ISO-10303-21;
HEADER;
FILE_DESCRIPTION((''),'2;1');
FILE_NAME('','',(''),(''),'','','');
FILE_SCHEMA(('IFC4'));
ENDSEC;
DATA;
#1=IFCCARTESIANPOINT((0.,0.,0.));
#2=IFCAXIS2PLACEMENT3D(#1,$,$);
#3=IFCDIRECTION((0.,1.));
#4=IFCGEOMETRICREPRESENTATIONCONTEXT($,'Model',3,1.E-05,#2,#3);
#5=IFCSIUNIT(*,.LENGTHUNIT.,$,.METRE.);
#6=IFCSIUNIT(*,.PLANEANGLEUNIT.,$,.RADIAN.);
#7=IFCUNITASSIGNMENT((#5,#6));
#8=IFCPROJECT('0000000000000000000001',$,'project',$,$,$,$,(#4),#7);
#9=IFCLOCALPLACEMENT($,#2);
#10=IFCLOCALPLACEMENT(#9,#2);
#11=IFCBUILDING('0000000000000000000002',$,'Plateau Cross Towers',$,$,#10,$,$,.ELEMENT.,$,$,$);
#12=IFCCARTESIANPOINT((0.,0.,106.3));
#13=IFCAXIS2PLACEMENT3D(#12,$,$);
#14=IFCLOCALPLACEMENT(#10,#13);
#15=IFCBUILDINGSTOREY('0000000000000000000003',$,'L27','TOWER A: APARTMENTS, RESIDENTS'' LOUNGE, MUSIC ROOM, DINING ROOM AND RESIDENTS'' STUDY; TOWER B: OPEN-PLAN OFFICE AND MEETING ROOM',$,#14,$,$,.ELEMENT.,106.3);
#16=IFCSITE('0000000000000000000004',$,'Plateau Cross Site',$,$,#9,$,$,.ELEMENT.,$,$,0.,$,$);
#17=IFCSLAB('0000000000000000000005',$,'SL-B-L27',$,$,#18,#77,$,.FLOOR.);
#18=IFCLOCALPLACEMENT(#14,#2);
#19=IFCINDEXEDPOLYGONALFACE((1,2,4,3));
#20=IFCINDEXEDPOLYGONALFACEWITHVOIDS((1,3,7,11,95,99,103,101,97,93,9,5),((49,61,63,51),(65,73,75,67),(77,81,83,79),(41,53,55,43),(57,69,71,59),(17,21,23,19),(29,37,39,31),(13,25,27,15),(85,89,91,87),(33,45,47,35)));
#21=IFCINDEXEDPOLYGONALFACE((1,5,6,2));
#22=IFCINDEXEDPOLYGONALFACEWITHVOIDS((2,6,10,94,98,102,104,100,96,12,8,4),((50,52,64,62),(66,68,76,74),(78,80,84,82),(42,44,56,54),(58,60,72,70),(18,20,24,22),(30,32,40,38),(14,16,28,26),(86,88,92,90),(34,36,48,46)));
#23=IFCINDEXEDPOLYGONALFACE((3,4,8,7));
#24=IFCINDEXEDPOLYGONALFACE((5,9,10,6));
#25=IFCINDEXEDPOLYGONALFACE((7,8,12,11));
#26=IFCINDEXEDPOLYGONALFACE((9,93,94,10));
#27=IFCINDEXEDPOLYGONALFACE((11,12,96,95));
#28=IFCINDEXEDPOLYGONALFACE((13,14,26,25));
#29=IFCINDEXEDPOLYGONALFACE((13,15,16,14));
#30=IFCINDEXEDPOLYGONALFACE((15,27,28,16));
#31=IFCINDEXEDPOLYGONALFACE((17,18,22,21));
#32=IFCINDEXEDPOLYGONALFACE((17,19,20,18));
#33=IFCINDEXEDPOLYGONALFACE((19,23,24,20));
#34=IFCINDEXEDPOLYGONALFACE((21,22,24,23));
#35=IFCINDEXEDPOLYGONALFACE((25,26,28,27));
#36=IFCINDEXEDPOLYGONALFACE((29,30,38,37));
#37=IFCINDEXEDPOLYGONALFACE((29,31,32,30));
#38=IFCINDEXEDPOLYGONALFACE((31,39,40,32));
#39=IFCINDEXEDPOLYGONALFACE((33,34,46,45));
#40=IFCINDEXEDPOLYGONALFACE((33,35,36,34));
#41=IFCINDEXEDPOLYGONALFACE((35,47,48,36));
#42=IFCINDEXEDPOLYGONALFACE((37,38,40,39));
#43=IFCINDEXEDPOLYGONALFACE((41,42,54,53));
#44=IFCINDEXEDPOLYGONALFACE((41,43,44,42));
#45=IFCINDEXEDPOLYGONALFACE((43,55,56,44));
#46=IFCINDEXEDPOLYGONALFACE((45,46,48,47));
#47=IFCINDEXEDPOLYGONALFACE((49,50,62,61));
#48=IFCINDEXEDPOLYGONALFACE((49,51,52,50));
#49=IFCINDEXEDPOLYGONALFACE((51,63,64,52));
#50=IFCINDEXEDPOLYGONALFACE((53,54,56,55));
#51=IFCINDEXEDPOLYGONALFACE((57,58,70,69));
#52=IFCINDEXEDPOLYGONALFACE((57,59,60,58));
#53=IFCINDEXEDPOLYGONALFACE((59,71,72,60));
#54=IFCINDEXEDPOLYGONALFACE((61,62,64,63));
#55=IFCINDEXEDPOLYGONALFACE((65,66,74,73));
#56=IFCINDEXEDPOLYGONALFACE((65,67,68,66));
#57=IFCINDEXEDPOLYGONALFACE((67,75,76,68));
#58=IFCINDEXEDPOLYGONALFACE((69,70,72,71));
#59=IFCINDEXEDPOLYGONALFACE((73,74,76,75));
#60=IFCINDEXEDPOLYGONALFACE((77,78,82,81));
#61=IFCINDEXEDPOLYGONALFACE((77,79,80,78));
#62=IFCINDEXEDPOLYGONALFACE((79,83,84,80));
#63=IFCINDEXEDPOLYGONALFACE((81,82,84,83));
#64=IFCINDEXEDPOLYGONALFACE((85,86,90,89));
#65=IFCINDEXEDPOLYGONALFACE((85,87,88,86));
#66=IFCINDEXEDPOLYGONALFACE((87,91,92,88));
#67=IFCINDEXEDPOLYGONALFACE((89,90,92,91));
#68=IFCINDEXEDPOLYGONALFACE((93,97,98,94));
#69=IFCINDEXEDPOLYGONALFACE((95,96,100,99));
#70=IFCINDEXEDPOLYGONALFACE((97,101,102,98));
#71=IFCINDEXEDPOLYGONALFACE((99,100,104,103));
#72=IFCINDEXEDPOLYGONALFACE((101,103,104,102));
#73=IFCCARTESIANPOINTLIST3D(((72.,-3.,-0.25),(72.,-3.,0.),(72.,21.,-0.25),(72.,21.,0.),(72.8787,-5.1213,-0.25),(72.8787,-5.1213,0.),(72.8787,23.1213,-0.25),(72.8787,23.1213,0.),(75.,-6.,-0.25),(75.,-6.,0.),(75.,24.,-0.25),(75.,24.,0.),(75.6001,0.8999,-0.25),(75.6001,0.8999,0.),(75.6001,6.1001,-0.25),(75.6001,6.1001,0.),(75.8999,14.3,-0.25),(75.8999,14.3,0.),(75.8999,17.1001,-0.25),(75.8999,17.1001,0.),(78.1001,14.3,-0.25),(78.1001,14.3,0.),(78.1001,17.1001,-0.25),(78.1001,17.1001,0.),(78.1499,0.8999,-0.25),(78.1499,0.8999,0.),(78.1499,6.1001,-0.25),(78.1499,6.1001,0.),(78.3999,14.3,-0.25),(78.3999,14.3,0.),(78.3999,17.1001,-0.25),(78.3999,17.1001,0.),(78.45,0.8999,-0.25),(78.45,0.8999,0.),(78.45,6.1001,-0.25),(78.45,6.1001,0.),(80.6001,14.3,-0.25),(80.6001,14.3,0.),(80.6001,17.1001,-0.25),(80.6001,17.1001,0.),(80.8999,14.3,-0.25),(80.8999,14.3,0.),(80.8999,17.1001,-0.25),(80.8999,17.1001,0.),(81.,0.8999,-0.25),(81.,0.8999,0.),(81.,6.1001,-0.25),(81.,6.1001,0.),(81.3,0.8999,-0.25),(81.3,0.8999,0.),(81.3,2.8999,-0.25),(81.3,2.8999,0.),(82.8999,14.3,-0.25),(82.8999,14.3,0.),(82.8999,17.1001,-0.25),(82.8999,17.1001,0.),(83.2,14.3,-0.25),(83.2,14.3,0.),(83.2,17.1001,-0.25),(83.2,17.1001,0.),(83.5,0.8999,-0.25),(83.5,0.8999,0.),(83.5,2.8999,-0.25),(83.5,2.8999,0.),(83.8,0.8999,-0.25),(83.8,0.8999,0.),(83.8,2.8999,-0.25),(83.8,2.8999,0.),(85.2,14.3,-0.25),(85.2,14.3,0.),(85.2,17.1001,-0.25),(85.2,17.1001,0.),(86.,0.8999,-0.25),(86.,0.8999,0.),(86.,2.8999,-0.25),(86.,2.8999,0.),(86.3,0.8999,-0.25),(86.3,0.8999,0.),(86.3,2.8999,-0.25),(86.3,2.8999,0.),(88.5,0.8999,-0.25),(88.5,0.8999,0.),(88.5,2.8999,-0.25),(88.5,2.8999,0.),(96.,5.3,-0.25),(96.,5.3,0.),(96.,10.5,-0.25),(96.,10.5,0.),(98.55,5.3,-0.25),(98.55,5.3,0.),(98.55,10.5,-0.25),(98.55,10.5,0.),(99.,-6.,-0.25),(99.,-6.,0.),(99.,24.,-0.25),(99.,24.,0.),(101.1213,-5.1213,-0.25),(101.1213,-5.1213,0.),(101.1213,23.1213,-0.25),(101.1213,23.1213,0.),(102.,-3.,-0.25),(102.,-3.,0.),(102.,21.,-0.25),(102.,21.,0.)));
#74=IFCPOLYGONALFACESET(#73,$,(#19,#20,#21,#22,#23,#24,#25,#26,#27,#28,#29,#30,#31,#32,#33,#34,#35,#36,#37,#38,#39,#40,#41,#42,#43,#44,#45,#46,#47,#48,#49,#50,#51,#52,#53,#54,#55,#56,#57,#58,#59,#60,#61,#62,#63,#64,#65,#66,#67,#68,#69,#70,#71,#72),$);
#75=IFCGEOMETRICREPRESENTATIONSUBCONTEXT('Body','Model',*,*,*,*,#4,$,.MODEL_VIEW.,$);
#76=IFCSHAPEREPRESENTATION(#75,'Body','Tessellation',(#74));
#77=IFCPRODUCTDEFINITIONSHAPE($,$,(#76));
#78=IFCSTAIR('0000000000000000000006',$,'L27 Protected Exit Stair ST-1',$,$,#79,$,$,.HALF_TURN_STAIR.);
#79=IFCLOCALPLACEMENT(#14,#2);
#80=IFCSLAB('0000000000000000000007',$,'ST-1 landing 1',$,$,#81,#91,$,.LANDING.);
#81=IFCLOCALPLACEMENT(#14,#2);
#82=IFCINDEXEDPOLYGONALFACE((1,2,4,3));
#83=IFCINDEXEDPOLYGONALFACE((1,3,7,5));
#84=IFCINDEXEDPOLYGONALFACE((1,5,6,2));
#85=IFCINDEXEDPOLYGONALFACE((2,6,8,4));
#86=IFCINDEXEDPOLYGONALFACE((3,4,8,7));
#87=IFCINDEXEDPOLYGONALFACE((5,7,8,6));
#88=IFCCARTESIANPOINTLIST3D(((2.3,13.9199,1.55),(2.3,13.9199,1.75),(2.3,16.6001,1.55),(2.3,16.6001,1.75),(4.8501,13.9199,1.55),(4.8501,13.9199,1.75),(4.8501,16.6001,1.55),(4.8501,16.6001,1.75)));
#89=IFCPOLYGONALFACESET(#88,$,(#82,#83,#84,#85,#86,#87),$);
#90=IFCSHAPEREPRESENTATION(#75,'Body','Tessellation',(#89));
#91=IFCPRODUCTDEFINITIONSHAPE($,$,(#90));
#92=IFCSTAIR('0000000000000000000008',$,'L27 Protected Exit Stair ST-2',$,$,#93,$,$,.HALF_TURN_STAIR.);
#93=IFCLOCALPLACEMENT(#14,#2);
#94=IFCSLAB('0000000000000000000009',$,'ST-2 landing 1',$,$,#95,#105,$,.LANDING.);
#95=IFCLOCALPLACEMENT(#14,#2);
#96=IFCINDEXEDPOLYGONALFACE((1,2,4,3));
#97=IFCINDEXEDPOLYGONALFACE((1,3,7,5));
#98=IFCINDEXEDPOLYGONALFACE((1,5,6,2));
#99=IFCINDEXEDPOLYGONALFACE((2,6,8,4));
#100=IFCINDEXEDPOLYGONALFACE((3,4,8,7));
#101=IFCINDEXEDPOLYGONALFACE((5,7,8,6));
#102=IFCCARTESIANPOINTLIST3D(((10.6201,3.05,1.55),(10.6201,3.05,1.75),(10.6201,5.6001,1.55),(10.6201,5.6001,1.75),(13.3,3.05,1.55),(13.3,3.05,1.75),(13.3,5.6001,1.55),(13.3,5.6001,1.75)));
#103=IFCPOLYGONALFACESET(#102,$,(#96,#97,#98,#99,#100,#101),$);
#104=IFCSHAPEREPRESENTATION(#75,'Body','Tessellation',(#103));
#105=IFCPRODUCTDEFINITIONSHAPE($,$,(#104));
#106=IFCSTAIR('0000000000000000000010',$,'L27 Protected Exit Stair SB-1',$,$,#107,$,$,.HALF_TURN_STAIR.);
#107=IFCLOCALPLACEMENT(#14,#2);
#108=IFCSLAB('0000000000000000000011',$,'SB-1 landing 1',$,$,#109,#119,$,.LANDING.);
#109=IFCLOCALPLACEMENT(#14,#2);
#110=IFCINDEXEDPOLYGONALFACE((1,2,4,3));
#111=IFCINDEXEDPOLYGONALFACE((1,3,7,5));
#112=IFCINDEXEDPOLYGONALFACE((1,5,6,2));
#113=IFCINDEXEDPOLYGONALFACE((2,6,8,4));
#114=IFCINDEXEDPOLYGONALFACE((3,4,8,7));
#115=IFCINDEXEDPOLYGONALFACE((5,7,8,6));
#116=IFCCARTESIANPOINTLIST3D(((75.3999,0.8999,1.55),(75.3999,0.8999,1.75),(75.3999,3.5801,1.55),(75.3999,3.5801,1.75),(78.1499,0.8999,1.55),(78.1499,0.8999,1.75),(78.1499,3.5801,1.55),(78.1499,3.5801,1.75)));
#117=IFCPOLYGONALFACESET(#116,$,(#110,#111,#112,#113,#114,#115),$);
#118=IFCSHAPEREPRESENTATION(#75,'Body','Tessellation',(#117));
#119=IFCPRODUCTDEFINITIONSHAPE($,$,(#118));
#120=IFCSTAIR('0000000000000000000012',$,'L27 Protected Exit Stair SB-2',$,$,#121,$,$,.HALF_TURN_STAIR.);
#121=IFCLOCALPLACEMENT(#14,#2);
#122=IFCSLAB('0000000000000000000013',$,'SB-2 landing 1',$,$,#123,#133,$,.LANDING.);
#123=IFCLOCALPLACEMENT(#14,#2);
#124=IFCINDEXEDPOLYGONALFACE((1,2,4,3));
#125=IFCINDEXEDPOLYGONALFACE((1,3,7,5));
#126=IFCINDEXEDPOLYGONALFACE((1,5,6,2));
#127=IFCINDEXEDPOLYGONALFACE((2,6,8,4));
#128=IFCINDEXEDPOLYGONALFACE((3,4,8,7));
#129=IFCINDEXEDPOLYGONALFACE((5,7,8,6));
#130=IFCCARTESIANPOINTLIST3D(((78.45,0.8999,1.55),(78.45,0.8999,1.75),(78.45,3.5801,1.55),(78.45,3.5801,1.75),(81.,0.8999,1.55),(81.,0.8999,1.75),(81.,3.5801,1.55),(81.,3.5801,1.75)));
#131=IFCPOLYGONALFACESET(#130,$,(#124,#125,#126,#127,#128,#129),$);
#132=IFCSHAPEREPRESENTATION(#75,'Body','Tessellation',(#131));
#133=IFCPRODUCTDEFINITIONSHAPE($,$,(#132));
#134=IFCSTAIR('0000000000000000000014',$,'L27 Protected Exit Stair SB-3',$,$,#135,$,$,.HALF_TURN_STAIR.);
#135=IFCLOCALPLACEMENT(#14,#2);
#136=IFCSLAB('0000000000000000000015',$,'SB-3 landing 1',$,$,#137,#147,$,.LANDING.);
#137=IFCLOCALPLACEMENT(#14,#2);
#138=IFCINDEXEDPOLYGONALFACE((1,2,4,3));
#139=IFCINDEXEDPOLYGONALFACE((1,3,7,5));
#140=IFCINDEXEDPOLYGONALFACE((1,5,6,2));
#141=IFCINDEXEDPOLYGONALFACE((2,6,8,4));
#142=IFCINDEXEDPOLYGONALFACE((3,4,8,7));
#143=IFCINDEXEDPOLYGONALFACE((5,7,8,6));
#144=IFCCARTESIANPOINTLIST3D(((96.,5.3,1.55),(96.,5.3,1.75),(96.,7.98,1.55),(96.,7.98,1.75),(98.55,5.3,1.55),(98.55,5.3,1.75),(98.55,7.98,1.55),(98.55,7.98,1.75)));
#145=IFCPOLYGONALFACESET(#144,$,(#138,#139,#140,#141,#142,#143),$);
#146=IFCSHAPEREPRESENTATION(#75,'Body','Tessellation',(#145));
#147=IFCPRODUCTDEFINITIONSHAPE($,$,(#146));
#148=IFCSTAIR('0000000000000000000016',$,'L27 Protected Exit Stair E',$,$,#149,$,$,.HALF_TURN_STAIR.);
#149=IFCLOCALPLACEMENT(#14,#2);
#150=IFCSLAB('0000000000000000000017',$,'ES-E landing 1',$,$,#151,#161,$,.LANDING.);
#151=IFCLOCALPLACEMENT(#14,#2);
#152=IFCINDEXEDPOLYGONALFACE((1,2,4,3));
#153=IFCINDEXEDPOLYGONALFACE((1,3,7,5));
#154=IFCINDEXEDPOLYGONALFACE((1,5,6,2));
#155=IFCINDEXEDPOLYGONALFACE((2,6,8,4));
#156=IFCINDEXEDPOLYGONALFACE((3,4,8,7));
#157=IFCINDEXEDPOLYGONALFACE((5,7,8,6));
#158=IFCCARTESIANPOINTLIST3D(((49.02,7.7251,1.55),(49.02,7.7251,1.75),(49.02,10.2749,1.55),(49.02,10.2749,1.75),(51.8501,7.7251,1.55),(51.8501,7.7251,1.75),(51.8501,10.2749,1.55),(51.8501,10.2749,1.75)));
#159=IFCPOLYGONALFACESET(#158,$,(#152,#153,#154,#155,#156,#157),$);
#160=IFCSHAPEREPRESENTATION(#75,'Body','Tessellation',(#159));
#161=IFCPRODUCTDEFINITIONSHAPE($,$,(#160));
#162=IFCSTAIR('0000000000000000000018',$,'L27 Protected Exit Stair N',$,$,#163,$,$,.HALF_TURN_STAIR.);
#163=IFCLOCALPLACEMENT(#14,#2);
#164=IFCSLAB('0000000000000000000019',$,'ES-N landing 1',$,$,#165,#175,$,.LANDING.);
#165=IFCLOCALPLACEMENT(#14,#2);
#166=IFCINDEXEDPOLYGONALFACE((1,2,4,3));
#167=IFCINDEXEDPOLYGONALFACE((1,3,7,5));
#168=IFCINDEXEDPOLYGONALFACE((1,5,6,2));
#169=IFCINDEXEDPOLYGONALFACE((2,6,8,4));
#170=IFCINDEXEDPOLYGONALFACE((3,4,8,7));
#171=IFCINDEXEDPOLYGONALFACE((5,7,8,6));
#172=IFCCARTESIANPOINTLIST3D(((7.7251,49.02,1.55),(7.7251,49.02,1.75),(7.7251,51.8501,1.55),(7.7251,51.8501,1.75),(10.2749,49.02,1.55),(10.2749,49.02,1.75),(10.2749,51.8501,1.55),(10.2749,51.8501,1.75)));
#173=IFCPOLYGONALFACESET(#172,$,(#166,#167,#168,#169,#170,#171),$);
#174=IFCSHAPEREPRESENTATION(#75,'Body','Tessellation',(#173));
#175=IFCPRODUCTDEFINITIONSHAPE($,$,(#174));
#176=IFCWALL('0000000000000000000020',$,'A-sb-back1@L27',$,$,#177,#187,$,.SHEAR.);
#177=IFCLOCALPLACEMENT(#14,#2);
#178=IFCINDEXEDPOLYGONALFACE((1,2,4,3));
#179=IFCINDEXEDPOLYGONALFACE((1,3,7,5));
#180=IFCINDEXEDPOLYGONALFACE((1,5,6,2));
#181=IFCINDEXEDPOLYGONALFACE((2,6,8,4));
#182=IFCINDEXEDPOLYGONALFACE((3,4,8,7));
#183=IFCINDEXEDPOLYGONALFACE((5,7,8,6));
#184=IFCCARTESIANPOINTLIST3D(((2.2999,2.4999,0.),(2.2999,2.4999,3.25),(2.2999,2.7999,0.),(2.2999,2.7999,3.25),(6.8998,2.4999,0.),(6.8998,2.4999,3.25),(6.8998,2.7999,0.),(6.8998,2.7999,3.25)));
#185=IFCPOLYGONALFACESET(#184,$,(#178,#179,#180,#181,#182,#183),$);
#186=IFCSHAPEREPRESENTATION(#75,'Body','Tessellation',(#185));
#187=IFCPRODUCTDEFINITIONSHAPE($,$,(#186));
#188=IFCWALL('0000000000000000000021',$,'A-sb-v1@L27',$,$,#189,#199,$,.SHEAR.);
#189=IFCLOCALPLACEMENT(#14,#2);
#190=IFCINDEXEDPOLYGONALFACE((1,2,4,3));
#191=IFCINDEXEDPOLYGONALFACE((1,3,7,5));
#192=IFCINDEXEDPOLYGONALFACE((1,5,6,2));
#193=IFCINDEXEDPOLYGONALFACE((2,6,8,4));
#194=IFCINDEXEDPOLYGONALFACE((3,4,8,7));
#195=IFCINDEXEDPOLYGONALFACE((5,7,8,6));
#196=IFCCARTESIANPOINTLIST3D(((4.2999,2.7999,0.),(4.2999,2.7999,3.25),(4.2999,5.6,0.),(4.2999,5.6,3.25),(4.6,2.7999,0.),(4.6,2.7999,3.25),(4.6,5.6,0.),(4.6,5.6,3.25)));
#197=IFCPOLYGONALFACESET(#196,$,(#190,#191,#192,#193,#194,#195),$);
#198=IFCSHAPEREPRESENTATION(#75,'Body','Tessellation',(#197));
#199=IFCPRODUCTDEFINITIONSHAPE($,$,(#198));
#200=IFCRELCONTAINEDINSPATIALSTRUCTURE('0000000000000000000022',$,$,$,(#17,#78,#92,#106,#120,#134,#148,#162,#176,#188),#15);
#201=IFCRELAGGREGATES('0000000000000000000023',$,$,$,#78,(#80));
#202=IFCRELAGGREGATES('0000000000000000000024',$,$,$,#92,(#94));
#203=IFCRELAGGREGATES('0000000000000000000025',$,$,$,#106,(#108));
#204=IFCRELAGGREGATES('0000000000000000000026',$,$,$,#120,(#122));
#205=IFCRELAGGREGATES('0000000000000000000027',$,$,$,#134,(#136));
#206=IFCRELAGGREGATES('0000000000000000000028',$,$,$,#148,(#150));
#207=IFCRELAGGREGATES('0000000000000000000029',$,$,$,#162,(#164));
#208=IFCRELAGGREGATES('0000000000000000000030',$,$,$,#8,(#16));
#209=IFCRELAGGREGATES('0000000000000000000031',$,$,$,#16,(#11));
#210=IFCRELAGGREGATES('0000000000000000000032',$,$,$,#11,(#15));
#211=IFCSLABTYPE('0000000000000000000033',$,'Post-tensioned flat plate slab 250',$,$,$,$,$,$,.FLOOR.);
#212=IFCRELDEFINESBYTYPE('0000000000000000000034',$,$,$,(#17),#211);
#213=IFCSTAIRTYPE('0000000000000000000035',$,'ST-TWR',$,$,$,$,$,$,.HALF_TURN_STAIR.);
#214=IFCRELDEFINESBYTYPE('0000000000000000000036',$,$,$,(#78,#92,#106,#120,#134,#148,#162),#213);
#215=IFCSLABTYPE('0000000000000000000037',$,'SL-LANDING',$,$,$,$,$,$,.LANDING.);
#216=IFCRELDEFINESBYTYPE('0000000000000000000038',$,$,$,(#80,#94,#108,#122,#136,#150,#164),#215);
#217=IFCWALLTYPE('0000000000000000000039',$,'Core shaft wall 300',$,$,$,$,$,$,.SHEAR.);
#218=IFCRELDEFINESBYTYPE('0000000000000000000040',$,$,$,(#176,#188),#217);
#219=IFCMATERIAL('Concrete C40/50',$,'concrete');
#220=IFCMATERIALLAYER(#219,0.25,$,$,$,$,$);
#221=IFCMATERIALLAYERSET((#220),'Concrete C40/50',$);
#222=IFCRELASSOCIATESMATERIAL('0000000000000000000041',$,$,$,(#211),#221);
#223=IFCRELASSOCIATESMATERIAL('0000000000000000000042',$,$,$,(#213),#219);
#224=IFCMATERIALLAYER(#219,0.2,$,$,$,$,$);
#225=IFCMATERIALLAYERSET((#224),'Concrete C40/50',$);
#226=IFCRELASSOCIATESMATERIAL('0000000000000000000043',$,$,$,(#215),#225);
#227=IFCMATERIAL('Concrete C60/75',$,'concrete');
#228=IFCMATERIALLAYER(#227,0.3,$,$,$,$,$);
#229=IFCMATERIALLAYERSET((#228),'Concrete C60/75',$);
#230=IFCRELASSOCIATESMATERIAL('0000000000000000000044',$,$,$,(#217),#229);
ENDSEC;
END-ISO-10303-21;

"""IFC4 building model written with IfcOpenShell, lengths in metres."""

from ifc_helpers import new_model, si_unit, direction, frame, frame_2d, origin, place, context, subcontext, project, spatial, polyline, rectangle, outline, extrude, material, layer, layer_set, type_object, element, aggregate, save


model = new_model("IFC4")

# Units and contexts
model_context = context("Model", 3, precision=1e-05, world=origin(), true_north=direction((0.0, 1.0)))
body_context = subcontext(model_context, "Body", "Model", "MODEL_VIEW")
ifc_project = project(units=[si_unit("LENGTHUNIT", "METRE"), si_unit("PLANEANGLEUNIT", "RADIAN")], contexts=[model_context])

# Site, building, storey
site_placement = place(None, origin())
site = spatial("IfcSite", under=ifc_project, at=site_placement, Name="Plateau Cross Site", CompositionType="ELEMENT", RefElevation=0.0)
building_placement = place(site_placement, origin())
building = spatial("IfcBuilding", under=site, at=building_placement, Name="Plateau Cross Towers", CompositionType="ELEMENT")
storey_placement = place(building_placement, frame((0.0, 0.0, 106.3)))
storey = spatial("IfcBuildingStorey", under=building, at=storey_placement, Name="L27", Description="TOWER A: APARTMENTS, RESIDENTS' LOUNGE, MUSIC ROOM, DINING ROOM AND RESIDENTS' STUDY; TOWER B: OPEN-PLAN OFFICE AND MEETING ROOM", CompositionType="ELEMENT", Elevation=106.3)

# Shared definitions
ifc_material_1 = material(Name="Concrete C60/75", Category="concrete")

# Shared definitions
ifc_material_2 = material(Name="Concrete C40/50", Category="concrete")

# Slab
ifc_layer_1 = layer(ifc_material_2, 0.25)
ifc_layer_set_1 = layer_set([ifc_layer_1], Name="Concrete C40/50")
slab_type_1 = type_object("IfcSlabType", Name="Post-tensioned flat plate slab 250", PredefinedType="FLOOR", material=ifc_layer_set_1)
slab_1_placement = place(storey_placement, frame((0.0, 0.0, -0.25)))
element("IfcSlab", 1, at=slab_1_placement, inside=storey, type_object=slab_type_1, Name="SL-B-L27", PredefinedType="FLOOR", context=body_context, shape_type="SweptSolid", body=[
    extrude(outline(polyline([(72.8787, -5.1213), (72.0, -3.0), (72.0, 21.0), (72.8787, 23.1213), (75.0, 24.0), (99.0, 24.0), (101.1213, 23.1213), (102.0, 21.0), (102.0, -3.0), (101.1213, -5.1213), (99.0, -6.0), (75.0, -6.0), (72.8787, -5.1213)]), holes=[polyline([(75.6001, 0.8999), (78.1499, 0.8999), (78.1499, 6.1001), (75.6001, 6.1001), (75.6001, 0.8999)]), polyline([(78.1001, 14.3), (78.1001, 17.1001), (75.8999, 17.1001), (75.8999, 14.3), (78.1001, 14.3)]), polyline([(83.5, 0.8999), (83.5, 2.8999), (81.3, 2.8999), (81.3, 0.8999), (83.5, 0.8999)]), polyline([(86.0, 0.8999), (86.0, 2.8999), (83.8, 2.8999), (83.8, 0.8999), (86.0, 0.8999)]), polyline([(88.5, 0.8999), (88.5, 2.8999), (86.3, 2.8999), (86.3, 0.8999), (88.5, 0.8999)]), polyline([(78.45, 0.8999), (81.0, 0.8999), (81.0, 6.1001), (78.45, 6.1001), (78.45, 0.8999)]), polyline([(96.0, 5.3), (98.55, 5.3), (98.55, 10.5), (96.0, 10.5), (96.0, 5.3)]), polyline([(80.6001, 14.3), (80.6001, 17.1001), (78.3999, 17.1001), (78.3999, 14.3), (80.6001, 14.3)]), polyline([(80.8999, 14.3), (82.8999, 14.3), (82.8999, 17.1001), (80.8999, 17.1001), (80.8999, 14.3)]), polyline([(83.2, 14.3), (85.2, 14.3), (85.2, 17.1001), (83.2, 17.1001), (83.2, 14.3)])]), origin(), (0.0, 0.0, 1.0), 0.25),
])

# Stairs, slabs
stair_type = type_object("IfcStairType", Name="ST-TWR", PredefinedType="HALF_TURN_STAIR", material=ifc_material_2)
stair_1_placement = place(storey_placement, origin())
stair_1 = element("IfcStair", 2, at=stair_1_placement, inside=storey, type_object=stair_type, Name="L27 Protected Exit Stair ST-1", PredefinedType="HALF_TURN_STAIR")
ifc_layer_2 = layer(ifc_material_2, 0.2)
ifc_layer_set_2 = layer_set([ifc_layer_2], Name="Concrete C40/50")
slab_type_2 = type_object("IfcSlabType", Name="SL-LANDING", PredefinedType="LANDING", material=ifc_layer_set_2)
slab_2_placement = place(storey_placement, frame((0.0, 0.0, 1.55)))
slab_2 = element("IfcSlab", 3, at=slab_2_placement, type_object=slab_type_2, Name="ST-1 landing 1", PredefinedType="LANDING", context=body_context, shape_type="SweptSolid", body=[
    extrude(outline(polyline([(4.8501, 13.9199), (4.8501, 16.6001), (2.3, 16.6001), (2.3, 13.9199), (4.8501, 13.9199)])), origin(), (0.0, 0.0, 1.0), 0.2),
])
aggregate(stair_1, [slab_2])
stair_2_placement = place(storey_placement, origin())
stair_2 = element("IfcStair", 4, at=stair_2_placement, inside=storey, type_object=stair_type, Name="L27 Protected Exit Stair ST-2", PredefinedType="HALF_TURN_STAIR")
slab_3_placement = place(storey_placement, frame((0.0, 0.0, 1.55)))
slab_3 = element("IfcSlab", 5, at=slab_3_placement, type_object=slab_type_2, Name="ST-2 landing 1", PredefinedType="LANDING", context=body_context, shape_type="SweptSolid", body=[
    extrude(outline(polyline([(10.6201, 3.05), (13.3, 3.05), (13.3, 5.6001), (10.6201, 5.6001), (10.6201, 3.05)])), origin(), (0.0, 0.0, 1.0), 0.2),
])
aggregate(stair_2, [slab_3])
stair_3_placement = place(storey_placement, origin())
stair_3 = element("IfcStair", 6, at=stair_3_placement, inside=storey, type_object=stair_type, Name="L27 Protected Exit Stair SB-1", PredefinedType="HALF_TURN_STAIR")
slab_4_placement = place(storey_placement, frame((0.0, 0.0, 1.55)))
slab_4 = element("IfcSlab", 7, at=slab_4_placement, type_object=slab_type_2, Name="SB-1 landing 1", PredefinedType="LANDING", context=body_context, shape_type="SweptSolid", body=[
    extrude(outline(polyline([(75.3999, 3.5801), (75.3999, 0.8999), (78.1499, 0.8999), (78.1499, 3.5801), (75.3999, 3.5801)])), origin(), (0.0, 0.0, 1.0), 0.2),
])
aggregate(stair_3, [slab_4])
stair_4_placement = place(storey_placement, origin())
stair_4 = element("IfcStair", 8, at=stair_4_placement, inside=storey, type_object=stair_type, Name="L27 Protected Exit Stair SB-2", PredefinedType="HALF_TURN_STAIR")
slab_5_placement = place(storey_placement, frame((0.0, 0.0, 1.55)))
slab_5 = element("IfcSlab", 9, at=slab_5_placement, type_object=slab_type_2, Name="SB-2 landing 1", PredefinedType="LANDING", context=body_context, shape_type="SweptSolid", body=[
    extrude(outline(polyline([(78.45, 3.5801), (78.45, 0.8999), (81.0, 0.8999), (81.0, 3.5801), (78.45, 3.5801)])), origin(), (0.0, 0.0, 1.0), 0.2),
])
aggregate(stair_4, [slab_5])
stair_5_placement = place(storey_placement, origin())
stair_5 = element("IfcStair", 10, at=stair_5_placement, inside=storey, type_object=stair_type, Name="L27 Protected Exit Stair SB-3", PredefinedType="HALF_TURN_STAIR")
slab_6_placement = place(storey_placement, frame((0.0, 0.0, 1.55)))
slab_6 = element("IfcSlab", 11, at=slab_6_placement, type_object=slab_type_2, Name="SB-3 landing 1", PredefinedType="LANDING", context=body_context, shape_type="SweptSolid", body=[
    extrude(outline(polyline([(96.0, 7.98), (96.0, 5.3), (98.55, 5.3), (98.55, 7.98), (96.0, 7.98)])), origin(), (0.0, 0.0, 1.0), 0.2),
])
aggregate(stair_5, [slab_6])
stair_6_placement = place(storey_placement, origin())
stair_6 = element("IfcStair", 12, at=stair_6_placement, inside=storey, type_object=stair_type, Name="L27 Protected Exit Stair E", PredefinedType="HALF_TURN_STAIR")
slab_7_placement = place(storey_placement, frame((0.0, 0.0, 1.55)))
slab_7 = element("IfcSlab", 13, at=slab_7_placement, type_object=slab_type_2, Name="ES-E landing 1", PredefinedType="LANDING", context=body_context, shape_type="SweptSolid", body=[
    extrude(outline(polyline([(49.02, 7.7251), (51.8501, 7.7251), (51.8501, 10.2749), (49.02, 10.2749), (49.02, 7.7251)])), origin(), (0.0, 0.0, 1.0), 0.2),
])
aggregate(stair_6, [slab_7])
stair_7_placement = place(storey_placement, origin())
stair_7 = element("IfcStair", 14, at=stair_7_placement, inside=storey, type_object=stair_type, Name="L27 Protected Exit Stair N", PredefinedType="HALF_TURN_STAIR")
slab_8_placement = place(storey_placement, frame((0.0, 0.0, 1.55)))
slab_8 = element("IfcSlab", 15, at=slab_8_placement, type_object=slab_type_2, Name="ES-N landing 1", PredefinedType="LANDING", context=body_context, shape_type="SweptSolid", body=[
    extrude(outline(polyline([(10.2749, 49.02), (10.2749, 51.8501), (7.7251, 51.8501), (7.7251, 49.02), (10.2749, 49.02)])), origin(), (0.0, 0.0, 1.0), 0.2),
])
aggregate(stair_7, [slab_8])

# Walls
ifc_layer_3 = layer(ifc_material_1, 0.3)
ifc_layer_set_3 = layer_set([ifc_layer_3], Name="Concrete C60/75")
wall_type_1 = type_object("IfcWallType", Name="Core shaft wall 300", PredefinedType="SHEAR", material=ifc_layer_set_3)
wall_1_placement = place(storey_placement, frame((2.3, 2.6499, 0.0), z_axis=(0.0, 0.0, 1.0), x_axis=(1.0, 0.0, 0.0)))
element("IfcWall", 16, at=wall_1_placement, inside=storey, type_object=wall_type_1, Name="A-sb-back1@L27", PredefinedType="SHEAR", context=body_context, shape_type="SweptSolid", body=[
    extrude(rectangle(XDim=4.5999, YDim=0.3, at=frame_2d((2.2998, 0.0))), origin(), (0.0, 0.0, 1.0), 3.25),
])
wall_2_placement = place(storey_placement, frame((4.45, 2.8, 0.0), z_axis=(0.0, 0.0, 1.0), x_axis=(0.0, 1.0, 0.0)))
element("IfcWall", 17, at=wall_2_placement, inside=storey, type_object=wall_type_1, Name="A-sb-v1@L27", PredefinedType="SHEAR", context=body_context, shape_type="SweptSolid", body=[
    extrude(rectangle(XDim=2.8, YDim=0.3, at=frame_2d((1.3999, 0.0))), origin(), (0.0, 0.0, 1.0), 3.25),
])

save(model, "model.ifc")
